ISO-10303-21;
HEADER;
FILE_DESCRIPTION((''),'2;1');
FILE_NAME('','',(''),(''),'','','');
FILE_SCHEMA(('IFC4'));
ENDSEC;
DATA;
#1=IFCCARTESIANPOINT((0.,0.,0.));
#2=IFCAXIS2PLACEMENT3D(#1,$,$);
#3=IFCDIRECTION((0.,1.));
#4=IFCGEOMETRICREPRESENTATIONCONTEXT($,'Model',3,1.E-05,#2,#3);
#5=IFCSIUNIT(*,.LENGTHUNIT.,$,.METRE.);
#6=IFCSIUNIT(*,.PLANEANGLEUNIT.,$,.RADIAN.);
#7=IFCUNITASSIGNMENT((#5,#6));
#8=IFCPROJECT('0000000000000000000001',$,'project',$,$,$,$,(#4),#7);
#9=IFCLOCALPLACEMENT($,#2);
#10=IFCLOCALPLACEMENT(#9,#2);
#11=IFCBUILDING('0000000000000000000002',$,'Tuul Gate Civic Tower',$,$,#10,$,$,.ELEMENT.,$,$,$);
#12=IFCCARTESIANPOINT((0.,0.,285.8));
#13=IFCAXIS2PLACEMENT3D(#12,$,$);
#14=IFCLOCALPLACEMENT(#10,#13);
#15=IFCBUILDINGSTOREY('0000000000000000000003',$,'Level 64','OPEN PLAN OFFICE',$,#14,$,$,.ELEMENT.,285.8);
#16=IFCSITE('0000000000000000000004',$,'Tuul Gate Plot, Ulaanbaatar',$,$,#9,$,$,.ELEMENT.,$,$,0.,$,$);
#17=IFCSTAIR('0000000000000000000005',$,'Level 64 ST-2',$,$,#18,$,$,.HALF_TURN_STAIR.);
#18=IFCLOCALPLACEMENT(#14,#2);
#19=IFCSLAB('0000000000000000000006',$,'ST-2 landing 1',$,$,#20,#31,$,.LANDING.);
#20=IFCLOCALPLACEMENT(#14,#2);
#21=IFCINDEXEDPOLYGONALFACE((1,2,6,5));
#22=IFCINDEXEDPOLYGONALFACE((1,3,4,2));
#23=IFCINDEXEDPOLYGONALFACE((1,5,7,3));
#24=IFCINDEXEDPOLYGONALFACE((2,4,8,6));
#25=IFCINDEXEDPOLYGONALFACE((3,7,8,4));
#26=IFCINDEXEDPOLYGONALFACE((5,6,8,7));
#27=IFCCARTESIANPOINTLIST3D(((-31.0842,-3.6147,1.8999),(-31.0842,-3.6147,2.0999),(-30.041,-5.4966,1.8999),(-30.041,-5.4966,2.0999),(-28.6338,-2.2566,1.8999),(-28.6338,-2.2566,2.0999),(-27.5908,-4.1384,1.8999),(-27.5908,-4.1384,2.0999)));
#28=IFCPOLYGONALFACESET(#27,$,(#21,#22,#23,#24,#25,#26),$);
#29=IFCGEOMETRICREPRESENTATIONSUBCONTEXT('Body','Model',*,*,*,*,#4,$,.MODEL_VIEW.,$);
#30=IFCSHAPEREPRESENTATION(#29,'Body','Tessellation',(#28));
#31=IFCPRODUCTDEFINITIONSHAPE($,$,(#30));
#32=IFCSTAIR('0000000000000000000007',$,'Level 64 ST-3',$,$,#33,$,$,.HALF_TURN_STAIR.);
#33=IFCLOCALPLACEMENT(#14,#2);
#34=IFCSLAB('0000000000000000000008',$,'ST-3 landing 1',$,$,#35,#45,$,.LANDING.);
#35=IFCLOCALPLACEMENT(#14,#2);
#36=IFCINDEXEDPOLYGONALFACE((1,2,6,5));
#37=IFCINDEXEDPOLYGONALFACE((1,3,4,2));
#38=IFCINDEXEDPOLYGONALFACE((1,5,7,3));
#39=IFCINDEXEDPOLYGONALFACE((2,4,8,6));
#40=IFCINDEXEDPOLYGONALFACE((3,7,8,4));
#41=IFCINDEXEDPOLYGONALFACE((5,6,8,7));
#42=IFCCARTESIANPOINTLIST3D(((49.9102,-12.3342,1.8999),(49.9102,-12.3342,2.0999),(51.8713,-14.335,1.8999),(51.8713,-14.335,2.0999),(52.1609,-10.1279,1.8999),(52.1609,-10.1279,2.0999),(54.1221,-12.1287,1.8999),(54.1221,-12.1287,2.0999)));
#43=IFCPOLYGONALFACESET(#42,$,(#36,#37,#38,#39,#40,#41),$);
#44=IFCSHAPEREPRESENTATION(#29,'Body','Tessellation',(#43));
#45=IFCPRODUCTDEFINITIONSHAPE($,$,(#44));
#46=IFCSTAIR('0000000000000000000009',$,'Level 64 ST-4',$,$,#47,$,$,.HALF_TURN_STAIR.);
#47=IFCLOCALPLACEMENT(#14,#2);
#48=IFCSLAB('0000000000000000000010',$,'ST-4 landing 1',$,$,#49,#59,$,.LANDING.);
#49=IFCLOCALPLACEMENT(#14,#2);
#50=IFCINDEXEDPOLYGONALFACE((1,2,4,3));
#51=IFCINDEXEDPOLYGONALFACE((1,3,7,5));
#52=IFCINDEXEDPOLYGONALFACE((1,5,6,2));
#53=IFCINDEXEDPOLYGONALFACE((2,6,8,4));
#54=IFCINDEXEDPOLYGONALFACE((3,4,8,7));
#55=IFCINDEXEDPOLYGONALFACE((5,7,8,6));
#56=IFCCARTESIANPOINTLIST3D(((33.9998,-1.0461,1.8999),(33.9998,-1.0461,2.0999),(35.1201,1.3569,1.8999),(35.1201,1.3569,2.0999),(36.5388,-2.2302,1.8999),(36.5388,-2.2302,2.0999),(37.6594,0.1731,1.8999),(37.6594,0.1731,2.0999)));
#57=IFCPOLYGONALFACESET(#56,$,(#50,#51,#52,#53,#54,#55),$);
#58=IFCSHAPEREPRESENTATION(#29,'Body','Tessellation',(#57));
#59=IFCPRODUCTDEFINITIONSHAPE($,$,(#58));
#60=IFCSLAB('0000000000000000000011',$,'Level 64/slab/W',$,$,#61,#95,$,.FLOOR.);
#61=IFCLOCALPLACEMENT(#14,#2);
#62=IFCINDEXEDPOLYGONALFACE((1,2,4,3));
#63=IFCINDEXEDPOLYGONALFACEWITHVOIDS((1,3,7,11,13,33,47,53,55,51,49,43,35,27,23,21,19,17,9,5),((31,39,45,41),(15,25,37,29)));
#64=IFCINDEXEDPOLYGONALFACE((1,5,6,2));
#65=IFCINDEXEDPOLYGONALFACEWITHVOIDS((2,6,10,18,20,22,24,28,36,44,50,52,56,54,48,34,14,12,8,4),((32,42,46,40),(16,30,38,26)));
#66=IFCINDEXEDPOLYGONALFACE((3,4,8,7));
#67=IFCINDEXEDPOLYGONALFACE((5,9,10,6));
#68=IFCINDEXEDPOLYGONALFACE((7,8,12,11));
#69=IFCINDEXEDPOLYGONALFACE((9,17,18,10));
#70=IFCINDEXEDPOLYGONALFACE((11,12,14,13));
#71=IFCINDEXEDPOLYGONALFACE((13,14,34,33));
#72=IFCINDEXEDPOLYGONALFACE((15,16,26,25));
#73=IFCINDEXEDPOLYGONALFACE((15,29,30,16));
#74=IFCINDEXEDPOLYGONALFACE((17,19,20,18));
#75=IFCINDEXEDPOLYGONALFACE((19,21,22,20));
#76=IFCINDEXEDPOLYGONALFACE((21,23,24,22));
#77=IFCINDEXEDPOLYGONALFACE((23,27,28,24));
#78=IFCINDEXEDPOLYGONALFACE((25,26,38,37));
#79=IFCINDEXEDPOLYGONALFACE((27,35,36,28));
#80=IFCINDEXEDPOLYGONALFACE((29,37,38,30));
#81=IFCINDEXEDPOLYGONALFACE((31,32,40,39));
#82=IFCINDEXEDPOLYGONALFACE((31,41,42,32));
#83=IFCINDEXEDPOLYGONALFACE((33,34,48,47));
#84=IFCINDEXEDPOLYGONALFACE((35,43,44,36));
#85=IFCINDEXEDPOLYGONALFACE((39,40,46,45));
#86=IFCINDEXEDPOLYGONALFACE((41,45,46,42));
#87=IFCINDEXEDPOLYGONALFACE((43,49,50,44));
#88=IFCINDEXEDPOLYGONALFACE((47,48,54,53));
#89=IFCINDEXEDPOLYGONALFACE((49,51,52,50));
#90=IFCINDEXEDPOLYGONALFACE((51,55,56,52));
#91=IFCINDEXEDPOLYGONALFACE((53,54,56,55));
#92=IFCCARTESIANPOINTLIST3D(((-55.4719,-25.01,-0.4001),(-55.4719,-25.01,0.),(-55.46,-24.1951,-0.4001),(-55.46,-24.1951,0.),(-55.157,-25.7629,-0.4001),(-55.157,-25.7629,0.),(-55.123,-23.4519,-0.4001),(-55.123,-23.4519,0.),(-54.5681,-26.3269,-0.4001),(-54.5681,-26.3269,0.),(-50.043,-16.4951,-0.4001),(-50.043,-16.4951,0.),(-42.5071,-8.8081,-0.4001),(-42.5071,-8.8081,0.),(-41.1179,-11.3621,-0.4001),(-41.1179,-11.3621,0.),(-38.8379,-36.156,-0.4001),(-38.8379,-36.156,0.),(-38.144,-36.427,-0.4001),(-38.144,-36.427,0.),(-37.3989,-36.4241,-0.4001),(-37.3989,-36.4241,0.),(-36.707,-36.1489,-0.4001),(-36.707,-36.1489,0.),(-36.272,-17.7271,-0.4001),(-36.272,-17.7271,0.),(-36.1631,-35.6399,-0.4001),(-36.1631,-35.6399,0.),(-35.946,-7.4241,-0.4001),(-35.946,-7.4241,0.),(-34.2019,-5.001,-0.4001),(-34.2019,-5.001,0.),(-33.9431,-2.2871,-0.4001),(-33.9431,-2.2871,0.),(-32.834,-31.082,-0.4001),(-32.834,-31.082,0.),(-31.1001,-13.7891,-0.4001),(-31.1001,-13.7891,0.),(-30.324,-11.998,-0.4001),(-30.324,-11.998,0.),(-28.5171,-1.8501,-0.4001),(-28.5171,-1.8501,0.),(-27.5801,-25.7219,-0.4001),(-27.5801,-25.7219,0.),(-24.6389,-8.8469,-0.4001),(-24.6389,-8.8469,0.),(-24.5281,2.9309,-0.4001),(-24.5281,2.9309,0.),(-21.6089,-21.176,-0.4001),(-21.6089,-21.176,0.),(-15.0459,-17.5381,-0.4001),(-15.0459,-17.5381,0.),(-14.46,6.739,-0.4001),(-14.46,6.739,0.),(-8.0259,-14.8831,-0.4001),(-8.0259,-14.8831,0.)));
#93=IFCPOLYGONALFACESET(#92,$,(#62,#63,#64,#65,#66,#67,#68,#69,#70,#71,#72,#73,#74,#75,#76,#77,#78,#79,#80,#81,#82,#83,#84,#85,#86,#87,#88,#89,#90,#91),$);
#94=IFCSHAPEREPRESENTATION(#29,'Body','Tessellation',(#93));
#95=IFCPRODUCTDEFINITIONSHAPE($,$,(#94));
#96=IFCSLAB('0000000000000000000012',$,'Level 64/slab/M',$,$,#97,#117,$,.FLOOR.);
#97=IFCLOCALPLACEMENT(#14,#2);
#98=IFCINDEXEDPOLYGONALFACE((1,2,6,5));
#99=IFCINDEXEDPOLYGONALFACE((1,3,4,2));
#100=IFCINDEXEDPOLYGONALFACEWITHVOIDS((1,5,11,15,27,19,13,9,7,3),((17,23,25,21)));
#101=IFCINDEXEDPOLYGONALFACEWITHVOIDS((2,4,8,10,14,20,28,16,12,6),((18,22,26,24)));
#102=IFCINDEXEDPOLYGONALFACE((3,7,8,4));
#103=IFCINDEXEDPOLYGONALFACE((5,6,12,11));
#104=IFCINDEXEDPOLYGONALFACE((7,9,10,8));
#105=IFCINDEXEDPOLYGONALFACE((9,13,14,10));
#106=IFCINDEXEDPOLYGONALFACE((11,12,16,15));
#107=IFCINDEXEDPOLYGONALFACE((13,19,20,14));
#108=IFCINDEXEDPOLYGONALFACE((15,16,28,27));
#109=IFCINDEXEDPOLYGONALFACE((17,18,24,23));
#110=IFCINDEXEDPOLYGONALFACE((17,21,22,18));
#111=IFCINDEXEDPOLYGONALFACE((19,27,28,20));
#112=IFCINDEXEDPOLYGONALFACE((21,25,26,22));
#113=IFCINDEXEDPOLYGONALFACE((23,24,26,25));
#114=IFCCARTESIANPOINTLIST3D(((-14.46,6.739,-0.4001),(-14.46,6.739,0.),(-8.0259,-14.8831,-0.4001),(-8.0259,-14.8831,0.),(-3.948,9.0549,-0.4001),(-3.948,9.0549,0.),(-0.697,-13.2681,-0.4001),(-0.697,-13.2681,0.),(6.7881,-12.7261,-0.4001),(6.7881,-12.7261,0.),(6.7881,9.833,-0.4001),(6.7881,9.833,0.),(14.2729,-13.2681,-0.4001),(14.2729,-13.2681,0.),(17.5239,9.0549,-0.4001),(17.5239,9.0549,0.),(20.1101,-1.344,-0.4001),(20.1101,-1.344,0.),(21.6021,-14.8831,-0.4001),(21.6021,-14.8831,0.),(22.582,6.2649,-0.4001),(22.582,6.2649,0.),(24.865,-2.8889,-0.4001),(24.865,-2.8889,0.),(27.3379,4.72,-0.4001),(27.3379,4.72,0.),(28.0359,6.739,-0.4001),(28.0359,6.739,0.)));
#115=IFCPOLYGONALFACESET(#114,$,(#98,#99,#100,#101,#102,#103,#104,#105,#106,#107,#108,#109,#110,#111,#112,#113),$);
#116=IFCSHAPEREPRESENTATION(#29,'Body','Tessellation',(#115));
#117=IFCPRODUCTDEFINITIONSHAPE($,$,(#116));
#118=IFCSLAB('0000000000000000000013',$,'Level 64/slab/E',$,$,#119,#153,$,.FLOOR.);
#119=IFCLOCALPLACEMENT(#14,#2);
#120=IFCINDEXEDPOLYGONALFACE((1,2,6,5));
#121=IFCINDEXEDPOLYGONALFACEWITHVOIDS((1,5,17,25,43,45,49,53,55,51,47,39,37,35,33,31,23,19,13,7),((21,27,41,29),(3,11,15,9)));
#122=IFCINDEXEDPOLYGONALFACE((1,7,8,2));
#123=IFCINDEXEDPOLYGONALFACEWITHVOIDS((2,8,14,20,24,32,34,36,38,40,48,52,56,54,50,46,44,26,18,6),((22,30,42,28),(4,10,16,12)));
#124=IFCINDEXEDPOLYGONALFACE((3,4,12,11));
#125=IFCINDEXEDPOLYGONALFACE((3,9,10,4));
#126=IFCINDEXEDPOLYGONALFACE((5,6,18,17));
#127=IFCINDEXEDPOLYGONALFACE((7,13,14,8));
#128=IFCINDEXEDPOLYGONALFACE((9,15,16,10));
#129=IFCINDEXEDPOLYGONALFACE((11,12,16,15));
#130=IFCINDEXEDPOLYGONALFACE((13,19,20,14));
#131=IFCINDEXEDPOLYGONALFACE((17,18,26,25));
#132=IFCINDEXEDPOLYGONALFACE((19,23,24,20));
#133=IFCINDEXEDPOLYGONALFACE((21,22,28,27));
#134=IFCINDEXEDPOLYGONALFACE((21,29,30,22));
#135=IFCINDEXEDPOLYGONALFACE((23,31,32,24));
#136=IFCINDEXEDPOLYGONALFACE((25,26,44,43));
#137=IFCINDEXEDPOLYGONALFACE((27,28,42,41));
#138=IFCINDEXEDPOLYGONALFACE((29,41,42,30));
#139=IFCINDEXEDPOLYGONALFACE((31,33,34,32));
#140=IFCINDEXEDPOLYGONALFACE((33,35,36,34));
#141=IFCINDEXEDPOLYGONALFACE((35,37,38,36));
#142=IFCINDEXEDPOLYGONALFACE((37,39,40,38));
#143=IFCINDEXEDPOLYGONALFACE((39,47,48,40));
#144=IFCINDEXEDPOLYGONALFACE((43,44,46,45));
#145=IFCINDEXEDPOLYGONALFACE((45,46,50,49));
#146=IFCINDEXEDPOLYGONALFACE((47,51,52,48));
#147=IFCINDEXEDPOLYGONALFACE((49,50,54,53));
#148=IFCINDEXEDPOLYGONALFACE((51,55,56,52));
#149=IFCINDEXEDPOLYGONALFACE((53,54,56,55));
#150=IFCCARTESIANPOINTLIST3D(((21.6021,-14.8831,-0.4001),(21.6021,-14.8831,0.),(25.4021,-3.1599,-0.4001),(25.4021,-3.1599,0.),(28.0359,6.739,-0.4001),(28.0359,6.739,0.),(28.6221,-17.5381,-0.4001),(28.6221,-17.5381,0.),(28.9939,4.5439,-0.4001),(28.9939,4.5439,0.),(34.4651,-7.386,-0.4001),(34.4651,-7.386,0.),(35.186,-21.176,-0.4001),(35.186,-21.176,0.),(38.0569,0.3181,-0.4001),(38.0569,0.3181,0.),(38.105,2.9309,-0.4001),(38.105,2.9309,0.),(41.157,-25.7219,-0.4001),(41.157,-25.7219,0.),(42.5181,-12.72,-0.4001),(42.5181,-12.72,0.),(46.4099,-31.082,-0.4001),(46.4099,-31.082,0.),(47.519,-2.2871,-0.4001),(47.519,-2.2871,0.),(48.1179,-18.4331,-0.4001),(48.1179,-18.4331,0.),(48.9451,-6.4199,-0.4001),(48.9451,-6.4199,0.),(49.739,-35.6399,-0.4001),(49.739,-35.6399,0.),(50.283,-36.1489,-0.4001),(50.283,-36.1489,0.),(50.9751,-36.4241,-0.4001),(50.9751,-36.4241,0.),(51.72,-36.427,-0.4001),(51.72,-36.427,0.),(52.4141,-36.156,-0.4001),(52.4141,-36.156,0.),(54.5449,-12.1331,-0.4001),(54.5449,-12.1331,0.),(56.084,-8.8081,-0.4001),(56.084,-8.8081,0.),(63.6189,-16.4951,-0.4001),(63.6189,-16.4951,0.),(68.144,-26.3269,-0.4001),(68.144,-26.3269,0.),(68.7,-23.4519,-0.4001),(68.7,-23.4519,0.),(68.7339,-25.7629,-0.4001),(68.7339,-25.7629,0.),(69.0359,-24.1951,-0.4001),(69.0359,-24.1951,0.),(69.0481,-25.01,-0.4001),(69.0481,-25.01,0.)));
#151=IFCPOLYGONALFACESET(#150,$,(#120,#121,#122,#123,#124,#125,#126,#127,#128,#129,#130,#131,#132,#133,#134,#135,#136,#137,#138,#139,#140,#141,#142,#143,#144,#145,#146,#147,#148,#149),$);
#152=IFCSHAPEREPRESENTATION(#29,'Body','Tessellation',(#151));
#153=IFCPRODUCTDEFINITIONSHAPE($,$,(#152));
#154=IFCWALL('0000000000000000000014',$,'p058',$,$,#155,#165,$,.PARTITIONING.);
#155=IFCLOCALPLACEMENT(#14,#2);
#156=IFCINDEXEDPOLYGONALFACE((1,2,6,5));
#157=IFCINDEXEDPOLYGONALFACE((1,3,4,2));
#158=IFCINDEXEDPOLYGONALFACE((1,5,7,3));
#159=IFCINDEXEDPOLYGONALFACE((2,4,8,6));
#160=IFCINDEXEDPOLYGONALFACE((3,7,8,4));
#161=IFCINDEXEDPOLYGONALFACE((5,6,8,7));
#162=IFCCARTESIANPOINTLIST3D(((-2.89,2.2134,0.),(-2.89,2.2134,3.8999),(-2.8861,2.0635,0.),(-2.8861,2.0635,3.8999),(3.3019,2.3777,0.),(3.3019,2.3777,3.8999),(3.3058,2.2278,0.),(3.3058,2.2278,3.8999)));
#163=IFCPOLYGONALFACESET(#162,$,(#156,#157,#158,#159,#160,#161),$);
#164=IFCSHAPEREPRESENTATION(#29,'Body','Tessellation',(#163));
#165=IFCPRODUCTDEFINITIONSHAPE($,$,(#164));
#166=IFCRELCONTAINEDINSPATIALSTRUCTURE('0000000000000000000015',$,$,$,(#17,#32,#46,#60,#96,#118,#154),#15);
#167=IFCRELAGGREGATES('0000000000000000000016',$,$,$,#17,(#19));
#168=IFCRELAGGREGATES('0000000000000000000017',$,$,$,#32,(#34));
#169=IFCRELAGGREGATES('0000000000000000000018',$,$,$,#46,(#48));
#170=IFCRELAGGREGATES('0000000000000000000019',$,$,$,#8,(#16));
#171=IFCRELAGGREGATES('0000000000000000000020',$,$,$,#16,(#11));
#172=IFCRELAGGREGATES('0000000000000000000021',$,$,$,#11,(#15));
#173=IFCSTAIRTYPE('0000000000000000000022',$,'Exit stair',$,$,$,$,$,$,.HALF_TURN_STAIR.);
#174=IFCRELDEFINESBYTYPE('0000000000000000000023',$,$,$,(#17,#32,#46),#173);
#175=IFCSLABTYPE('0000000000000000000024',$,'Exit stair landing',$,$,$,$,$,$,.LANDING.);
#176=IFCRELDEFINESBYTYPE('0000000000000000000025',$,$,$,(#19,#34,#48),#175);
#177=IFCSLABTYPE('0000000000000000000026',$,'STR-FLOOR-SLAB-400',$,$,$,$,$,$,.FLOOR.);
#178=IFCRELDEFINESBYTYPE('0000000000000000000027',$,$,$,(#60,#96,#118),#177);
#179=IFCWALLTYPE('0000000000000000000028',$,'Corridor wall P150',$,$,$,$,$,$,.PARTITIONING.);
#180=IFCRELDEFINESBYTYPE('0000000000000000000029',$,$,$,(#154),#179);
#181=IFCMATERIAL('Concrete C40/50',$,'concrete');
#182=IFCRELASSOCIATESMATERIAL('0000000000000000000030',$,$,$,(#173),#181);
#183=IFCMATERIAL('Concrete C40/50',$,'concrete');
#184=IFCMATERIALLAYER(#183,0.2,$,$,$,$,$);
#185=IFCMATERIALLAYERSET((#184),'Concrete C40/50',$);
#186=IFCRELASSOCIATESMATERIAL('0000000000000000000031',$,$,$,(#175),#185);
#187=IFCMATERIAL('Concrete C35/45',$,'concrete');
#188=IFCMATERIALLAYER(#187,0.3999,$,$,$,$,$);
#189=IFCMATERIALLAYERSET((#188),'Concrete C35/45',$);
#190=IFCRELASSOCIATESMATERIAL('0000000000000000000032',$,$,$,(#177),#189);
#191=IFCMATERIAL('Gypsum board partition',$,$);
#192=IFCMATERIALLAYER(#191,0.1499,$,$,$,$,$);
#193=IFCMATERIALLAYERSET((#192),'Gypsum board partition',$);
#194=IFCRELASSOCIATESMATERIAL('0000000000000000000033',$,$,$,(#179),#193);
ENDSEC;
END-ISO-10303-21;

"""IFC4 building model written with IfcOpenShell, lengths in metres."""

from ifc_helpers import new_model, si_unit, direction, frame, frame_2d, origin, place, context, subcontext, project, spatial, polyline, rectangle, outline, extrude, material, layer, layer_set, type_object, element, aggregate, save


model = new_model("IFC4")

# Units and contexts
model_context = context("Model", 3, precision=1e-05, world=origin(), true_north=direction((0.0, 1.0)))
body_context = subcontext(model_context, "Body", "Model", "MODEL_VIEW")
ifc_project = project(units=[si_unit("LENGTHUNIT", "METRE"), si_unit("PLANEANGLEUNIT", "RADIAN")], contexts=[model_context])

# Site, building, storey
site_placement = place(None, origin())
site = spatial("IfcSite", under=ifc_project, at=site_placement, Name="Tuul Gate Plot, Ulaanbaatar", CompositionType="ELEMENT", RefElevation=0.0)
building_placement = place(site_placement, origin())
building = spatial("IfcBuilding", under=site, at=building_placement, Name="Tuul Gate Civic Tower", CompositionType="ELEMENT")
storey_placement = place(building_placement, frame((0.0, 0.0, 285.8)))
storey = spatial("IfcBuildingStorey", under=building, at=storey_placement, Name="Level 64", Description="OPEN PLAN OFFICE", CompositionType="ELEMENT", Elevation=285.8)

# Stairs, slabs
ifc_material_1 = material(Name="Concrete C40/50", Category="concrete")
stair_type = type_object("IfcStairType", Name="Exit stair", PredefinedType="HALF_TURN_STAIR", material=ifc_material_1)
ifc_material_2 = material(Name="Concrete C40/50", Category="concrete")
ifc_layer_1 = layer(ifc_material_2, 0.2)
ifc_layer_set_1 = layer_set([ifc_layer_1], Name="Concrete C40/50")
slab_type_1 = type_object("IfcSlabType", Name="Exit stair landing", PredefinedType="LANDING", material=ifc_layer_set_1)
stair_1_placement = place(storey_placement, origin())
stair_1 = element("IfcStair", 1, at=stair_1_placement, inside=storey, type_object=stair_type, Name="Level 64 ST-2", PredefinedType="HALF_TURN_STAIR")
slab_1_placement = place(storey_placement, frame((0.0, 0.0, 1.8999)))
slab_1 = element("IfcSlab", 2, at=slab_1_placement, type_object=slab_type_1, Name="ST-2 landing 1", PredefinedType="LANDING", context=body_context, shape_type="SweptSolid", body=[
    extrude(outline(polyline([(-27.5908, -4.1384), (-30.041, -5.4966), (-31.0842, -3.6147), (-28.6338, -2.2566), (-27.5908, -4.1384)])), origin(), (0.0, 0.0, 1.0), 0.2),
])
aggregate(stair_1, [slab_1])
stair_2_placement = place(storey_placement, origin())
stair_2 = element("IfcStair", 3, at=stair_2_placement, inside=storey, type_object=stair_type, Name="Level 64 ST-3", PredefinedType="HALF_TURN_STAIR")
slab_2_placement = place(storey_placement, frame((0.0, 0.0, 1.8999)))
slab_2 = element("IfcSlab", 4, at=slab_2_placement, type_object=slab_type_1, Name="ST-3 landing 1", PredefinedType="LANDING", context=body_context, shape_type="SweptSolid", body=[
    extrude(outline(polyline([(51.8713, -14.335), (49.9102, -12.3342), (52.1609, -10.1279), (54.1221, -12.1287), (51.8713, -14.335)])), origin(), (0.0, 0.0, 1.0), 0.2),
])
aggregate(stair_2, [slab_2])
stair_3_placement = place(storey_placement, origin())
stair_3 = element("IfcStair", 5, at=stair_3_placement, inside=storey, type_object=stair_type, Name="Level 64 ST-4", PredefinedType="HALF_TURN_STAIR")
slab_3_placement = place(storey_placement, frame((0.0, 0.0, 1.8999)))
slab_3 = element("IfcSlab", 6, at=slab_3_placement, type_object=slab_type_1, Name="ST-4 landing 1", PredefinedType="LANDING", context=body_context, shape_type="SweptSolid", body=[
    extrude(outline(polyline([(36.5388, -2.2302), (33.9998, -1.0461), (35.1201, 1.3569), (37.6594, 0.1731), (36.5388, -2.2302)])), origin(), (0.0, 0.0, 1.0), 0.2),
])
aggregate(stair_3, [slab_3])

# Slabs
ifc_material_3 = material(Name="Concrete C35/45", Category="concrete")
ifc_layer_2 = layer(ifc_material_3, 0.3999)
ifc_layer_set_2 = layer_set([ifc_layer_2], Name="Concrete C35/45")
slab_type_2 = type_object("IfcSlabType", Name="STR-FLOOR-SLAB-400", PredefinedType="FLOOR", material=ifc_layer_set_2)
slab_4_placement = place(storey_placement, frame((0.0, 0.0, -0.4001)))
element("IfcSlab", 7, at=slab_4_placement, inside=storey, type_object=slab_type_2, Name="Level 64/slab/W", PredefinedType="FLOOR", context=body_context, shape_type="SweptSolid", body=[
    extrude(outline(polyline([(-8.0259, -14.8831), (-14.46, 6.739), (-24.5281, 2.9309), (-33.9431, -2.2871), (-42.5071, -8.8081), (-50.043, -16.4951), (-55.123, -23.4519), (-55.46, -24.1951), (-55.4719, -25.01), (-55.157, -25.7629), (-54.5681, -26.3269), (-38.8379, -36.156), (-38.144, -36.427), (-37.3989, -36.4241), (-36.707, -36.1489), (-36.1631, -35.6399), (-32.834, -31.082), (-27.5801, -25.7219), (-21.6089, -21.176), (-15.0459, -17.5381), (-8.0259, -14.8831)]), holes=[polyline([(-31.1001, -13.7891), (-36.272, -17.7271), (-41.1179, -11.3621), (-35.946, -7.4241), (-31.1001, -13.7891)]), polyline([(-24.6389, -8.8469), (-30.324, -11.998), (-34.2019, -5.001), (-28.5171, -1.8501), (-24.6389, -8.8469)])]), origin(), (0.0, 0.0, 1.0), 0.4001),
])
slab_5_placement = place(storey_placement, frame((0.0, 0.0, -0.4001)))
element("IfcSlab", 8, at=slab_5_placement, inside=storey, type_object=slab_type_2, Name="Level 64/slab/M", PredefinedType="FLOOR", context=body_context, shape_type="SweptSolid", body=[
    extrude(outline(polyline([(21.6021, -14.8831), (28.0359, 6.739), (17.5239, 9.0549), (6.7881, 9.833), (-3.948, 9.0549), (-14.46, 6.739), (-8.0259, -14.8831), (-0.697, -13.2681), (6.7881, -12.7261), (14.2729, -13.2681), (21.6021, -14.8831)]), holes=[polyline([(20.1101, -1.344), (22.582, 6.2649), (27.3379, 4.72), (24.865, -2.8889), (20.1101, -1.344)])]), origin(), (0.0, 0.0, 1.0), 0.4001),
])
slab_6_placement = place(storey_placement, frame((0.0, 0.0, -0.4001)))
element("IfcSlab", 9, at=slab_6_placement, inside=storey, type_object=slab_type_2, Name="Level 64/slab/E", PredefinedType="FLOOR", context=body_context, shape_type="SweptSolid", body=[
    extrude(outline(polyline([(51.72, -36.427), (52.4141, -36.156), (68.144, -26.3269), (68.7339, -25.7629), (69.0481, -25.01), (69.0359, -24.1951), (68.7, -23.4519), (63.6189, -16.4951), (56.084, -8.8081), (47.519, -2.2871), (38.105, 2.9309), (28.0359, 6.739), (21.6021, -14.8831), (28.6221, -17.5381), (35.186, -21.176), (41.157, -25.7219), (46.4099, -31.082), (49.739, -35.6399), (50.283, -36.1489), (50.9751, -36.4241), (51.72, -36.427)]), holes=[polyline([(48.1179, -18.4331), (42.5181, -12.72), (48.9451, -6.4199), (54.5449, -12.1331), (48.1179, -18.4331)]), polyline([(25.4021, -3.1599), (28.9939, 4.5439), (38.0569, 0.3181), (34.4651, -7.386), (25.4021, -3.1599)])]), origin(), (0.0, 0.0, 1.0), 0.4001),
])

# Wall
ifc_material_4 = material(Name="Gypsum board partition")
ifc_layer_3 = layer(ifc_material_4, 0.1499)
ifc_layer_set_3 = layer_set([ifc_layer_3], Name="Gypsum board partition")
wall_type_1 = type_object("IfcWallType", Name="Corridor wall P150", PredefinedType="PARTITIONING", material=ifc_layer_set_3)
wall_1_placement = place(storey_placement, frame((-2.8882, 2.1384, 0.0), z_axis=(0.0, 0.0, 1.0), x_axis=(0.999648, 0.026526, 0.0)))
element("IfcWall", 10, at=wall_1_placement, inside=storey, type_object=wall_type_1, Name="p058", PredefinedType="PARTITIONING", context=body_context, shape_type="SweptSolid", body=[
    extrude(rectangle(XDim=6.1941, YDim=0.1499, at=frame_2d((3.0972, 0.0))), origin(), (0.0, 0.0, 1.0), 3.8999),
])

save(model, "model.ifc")
